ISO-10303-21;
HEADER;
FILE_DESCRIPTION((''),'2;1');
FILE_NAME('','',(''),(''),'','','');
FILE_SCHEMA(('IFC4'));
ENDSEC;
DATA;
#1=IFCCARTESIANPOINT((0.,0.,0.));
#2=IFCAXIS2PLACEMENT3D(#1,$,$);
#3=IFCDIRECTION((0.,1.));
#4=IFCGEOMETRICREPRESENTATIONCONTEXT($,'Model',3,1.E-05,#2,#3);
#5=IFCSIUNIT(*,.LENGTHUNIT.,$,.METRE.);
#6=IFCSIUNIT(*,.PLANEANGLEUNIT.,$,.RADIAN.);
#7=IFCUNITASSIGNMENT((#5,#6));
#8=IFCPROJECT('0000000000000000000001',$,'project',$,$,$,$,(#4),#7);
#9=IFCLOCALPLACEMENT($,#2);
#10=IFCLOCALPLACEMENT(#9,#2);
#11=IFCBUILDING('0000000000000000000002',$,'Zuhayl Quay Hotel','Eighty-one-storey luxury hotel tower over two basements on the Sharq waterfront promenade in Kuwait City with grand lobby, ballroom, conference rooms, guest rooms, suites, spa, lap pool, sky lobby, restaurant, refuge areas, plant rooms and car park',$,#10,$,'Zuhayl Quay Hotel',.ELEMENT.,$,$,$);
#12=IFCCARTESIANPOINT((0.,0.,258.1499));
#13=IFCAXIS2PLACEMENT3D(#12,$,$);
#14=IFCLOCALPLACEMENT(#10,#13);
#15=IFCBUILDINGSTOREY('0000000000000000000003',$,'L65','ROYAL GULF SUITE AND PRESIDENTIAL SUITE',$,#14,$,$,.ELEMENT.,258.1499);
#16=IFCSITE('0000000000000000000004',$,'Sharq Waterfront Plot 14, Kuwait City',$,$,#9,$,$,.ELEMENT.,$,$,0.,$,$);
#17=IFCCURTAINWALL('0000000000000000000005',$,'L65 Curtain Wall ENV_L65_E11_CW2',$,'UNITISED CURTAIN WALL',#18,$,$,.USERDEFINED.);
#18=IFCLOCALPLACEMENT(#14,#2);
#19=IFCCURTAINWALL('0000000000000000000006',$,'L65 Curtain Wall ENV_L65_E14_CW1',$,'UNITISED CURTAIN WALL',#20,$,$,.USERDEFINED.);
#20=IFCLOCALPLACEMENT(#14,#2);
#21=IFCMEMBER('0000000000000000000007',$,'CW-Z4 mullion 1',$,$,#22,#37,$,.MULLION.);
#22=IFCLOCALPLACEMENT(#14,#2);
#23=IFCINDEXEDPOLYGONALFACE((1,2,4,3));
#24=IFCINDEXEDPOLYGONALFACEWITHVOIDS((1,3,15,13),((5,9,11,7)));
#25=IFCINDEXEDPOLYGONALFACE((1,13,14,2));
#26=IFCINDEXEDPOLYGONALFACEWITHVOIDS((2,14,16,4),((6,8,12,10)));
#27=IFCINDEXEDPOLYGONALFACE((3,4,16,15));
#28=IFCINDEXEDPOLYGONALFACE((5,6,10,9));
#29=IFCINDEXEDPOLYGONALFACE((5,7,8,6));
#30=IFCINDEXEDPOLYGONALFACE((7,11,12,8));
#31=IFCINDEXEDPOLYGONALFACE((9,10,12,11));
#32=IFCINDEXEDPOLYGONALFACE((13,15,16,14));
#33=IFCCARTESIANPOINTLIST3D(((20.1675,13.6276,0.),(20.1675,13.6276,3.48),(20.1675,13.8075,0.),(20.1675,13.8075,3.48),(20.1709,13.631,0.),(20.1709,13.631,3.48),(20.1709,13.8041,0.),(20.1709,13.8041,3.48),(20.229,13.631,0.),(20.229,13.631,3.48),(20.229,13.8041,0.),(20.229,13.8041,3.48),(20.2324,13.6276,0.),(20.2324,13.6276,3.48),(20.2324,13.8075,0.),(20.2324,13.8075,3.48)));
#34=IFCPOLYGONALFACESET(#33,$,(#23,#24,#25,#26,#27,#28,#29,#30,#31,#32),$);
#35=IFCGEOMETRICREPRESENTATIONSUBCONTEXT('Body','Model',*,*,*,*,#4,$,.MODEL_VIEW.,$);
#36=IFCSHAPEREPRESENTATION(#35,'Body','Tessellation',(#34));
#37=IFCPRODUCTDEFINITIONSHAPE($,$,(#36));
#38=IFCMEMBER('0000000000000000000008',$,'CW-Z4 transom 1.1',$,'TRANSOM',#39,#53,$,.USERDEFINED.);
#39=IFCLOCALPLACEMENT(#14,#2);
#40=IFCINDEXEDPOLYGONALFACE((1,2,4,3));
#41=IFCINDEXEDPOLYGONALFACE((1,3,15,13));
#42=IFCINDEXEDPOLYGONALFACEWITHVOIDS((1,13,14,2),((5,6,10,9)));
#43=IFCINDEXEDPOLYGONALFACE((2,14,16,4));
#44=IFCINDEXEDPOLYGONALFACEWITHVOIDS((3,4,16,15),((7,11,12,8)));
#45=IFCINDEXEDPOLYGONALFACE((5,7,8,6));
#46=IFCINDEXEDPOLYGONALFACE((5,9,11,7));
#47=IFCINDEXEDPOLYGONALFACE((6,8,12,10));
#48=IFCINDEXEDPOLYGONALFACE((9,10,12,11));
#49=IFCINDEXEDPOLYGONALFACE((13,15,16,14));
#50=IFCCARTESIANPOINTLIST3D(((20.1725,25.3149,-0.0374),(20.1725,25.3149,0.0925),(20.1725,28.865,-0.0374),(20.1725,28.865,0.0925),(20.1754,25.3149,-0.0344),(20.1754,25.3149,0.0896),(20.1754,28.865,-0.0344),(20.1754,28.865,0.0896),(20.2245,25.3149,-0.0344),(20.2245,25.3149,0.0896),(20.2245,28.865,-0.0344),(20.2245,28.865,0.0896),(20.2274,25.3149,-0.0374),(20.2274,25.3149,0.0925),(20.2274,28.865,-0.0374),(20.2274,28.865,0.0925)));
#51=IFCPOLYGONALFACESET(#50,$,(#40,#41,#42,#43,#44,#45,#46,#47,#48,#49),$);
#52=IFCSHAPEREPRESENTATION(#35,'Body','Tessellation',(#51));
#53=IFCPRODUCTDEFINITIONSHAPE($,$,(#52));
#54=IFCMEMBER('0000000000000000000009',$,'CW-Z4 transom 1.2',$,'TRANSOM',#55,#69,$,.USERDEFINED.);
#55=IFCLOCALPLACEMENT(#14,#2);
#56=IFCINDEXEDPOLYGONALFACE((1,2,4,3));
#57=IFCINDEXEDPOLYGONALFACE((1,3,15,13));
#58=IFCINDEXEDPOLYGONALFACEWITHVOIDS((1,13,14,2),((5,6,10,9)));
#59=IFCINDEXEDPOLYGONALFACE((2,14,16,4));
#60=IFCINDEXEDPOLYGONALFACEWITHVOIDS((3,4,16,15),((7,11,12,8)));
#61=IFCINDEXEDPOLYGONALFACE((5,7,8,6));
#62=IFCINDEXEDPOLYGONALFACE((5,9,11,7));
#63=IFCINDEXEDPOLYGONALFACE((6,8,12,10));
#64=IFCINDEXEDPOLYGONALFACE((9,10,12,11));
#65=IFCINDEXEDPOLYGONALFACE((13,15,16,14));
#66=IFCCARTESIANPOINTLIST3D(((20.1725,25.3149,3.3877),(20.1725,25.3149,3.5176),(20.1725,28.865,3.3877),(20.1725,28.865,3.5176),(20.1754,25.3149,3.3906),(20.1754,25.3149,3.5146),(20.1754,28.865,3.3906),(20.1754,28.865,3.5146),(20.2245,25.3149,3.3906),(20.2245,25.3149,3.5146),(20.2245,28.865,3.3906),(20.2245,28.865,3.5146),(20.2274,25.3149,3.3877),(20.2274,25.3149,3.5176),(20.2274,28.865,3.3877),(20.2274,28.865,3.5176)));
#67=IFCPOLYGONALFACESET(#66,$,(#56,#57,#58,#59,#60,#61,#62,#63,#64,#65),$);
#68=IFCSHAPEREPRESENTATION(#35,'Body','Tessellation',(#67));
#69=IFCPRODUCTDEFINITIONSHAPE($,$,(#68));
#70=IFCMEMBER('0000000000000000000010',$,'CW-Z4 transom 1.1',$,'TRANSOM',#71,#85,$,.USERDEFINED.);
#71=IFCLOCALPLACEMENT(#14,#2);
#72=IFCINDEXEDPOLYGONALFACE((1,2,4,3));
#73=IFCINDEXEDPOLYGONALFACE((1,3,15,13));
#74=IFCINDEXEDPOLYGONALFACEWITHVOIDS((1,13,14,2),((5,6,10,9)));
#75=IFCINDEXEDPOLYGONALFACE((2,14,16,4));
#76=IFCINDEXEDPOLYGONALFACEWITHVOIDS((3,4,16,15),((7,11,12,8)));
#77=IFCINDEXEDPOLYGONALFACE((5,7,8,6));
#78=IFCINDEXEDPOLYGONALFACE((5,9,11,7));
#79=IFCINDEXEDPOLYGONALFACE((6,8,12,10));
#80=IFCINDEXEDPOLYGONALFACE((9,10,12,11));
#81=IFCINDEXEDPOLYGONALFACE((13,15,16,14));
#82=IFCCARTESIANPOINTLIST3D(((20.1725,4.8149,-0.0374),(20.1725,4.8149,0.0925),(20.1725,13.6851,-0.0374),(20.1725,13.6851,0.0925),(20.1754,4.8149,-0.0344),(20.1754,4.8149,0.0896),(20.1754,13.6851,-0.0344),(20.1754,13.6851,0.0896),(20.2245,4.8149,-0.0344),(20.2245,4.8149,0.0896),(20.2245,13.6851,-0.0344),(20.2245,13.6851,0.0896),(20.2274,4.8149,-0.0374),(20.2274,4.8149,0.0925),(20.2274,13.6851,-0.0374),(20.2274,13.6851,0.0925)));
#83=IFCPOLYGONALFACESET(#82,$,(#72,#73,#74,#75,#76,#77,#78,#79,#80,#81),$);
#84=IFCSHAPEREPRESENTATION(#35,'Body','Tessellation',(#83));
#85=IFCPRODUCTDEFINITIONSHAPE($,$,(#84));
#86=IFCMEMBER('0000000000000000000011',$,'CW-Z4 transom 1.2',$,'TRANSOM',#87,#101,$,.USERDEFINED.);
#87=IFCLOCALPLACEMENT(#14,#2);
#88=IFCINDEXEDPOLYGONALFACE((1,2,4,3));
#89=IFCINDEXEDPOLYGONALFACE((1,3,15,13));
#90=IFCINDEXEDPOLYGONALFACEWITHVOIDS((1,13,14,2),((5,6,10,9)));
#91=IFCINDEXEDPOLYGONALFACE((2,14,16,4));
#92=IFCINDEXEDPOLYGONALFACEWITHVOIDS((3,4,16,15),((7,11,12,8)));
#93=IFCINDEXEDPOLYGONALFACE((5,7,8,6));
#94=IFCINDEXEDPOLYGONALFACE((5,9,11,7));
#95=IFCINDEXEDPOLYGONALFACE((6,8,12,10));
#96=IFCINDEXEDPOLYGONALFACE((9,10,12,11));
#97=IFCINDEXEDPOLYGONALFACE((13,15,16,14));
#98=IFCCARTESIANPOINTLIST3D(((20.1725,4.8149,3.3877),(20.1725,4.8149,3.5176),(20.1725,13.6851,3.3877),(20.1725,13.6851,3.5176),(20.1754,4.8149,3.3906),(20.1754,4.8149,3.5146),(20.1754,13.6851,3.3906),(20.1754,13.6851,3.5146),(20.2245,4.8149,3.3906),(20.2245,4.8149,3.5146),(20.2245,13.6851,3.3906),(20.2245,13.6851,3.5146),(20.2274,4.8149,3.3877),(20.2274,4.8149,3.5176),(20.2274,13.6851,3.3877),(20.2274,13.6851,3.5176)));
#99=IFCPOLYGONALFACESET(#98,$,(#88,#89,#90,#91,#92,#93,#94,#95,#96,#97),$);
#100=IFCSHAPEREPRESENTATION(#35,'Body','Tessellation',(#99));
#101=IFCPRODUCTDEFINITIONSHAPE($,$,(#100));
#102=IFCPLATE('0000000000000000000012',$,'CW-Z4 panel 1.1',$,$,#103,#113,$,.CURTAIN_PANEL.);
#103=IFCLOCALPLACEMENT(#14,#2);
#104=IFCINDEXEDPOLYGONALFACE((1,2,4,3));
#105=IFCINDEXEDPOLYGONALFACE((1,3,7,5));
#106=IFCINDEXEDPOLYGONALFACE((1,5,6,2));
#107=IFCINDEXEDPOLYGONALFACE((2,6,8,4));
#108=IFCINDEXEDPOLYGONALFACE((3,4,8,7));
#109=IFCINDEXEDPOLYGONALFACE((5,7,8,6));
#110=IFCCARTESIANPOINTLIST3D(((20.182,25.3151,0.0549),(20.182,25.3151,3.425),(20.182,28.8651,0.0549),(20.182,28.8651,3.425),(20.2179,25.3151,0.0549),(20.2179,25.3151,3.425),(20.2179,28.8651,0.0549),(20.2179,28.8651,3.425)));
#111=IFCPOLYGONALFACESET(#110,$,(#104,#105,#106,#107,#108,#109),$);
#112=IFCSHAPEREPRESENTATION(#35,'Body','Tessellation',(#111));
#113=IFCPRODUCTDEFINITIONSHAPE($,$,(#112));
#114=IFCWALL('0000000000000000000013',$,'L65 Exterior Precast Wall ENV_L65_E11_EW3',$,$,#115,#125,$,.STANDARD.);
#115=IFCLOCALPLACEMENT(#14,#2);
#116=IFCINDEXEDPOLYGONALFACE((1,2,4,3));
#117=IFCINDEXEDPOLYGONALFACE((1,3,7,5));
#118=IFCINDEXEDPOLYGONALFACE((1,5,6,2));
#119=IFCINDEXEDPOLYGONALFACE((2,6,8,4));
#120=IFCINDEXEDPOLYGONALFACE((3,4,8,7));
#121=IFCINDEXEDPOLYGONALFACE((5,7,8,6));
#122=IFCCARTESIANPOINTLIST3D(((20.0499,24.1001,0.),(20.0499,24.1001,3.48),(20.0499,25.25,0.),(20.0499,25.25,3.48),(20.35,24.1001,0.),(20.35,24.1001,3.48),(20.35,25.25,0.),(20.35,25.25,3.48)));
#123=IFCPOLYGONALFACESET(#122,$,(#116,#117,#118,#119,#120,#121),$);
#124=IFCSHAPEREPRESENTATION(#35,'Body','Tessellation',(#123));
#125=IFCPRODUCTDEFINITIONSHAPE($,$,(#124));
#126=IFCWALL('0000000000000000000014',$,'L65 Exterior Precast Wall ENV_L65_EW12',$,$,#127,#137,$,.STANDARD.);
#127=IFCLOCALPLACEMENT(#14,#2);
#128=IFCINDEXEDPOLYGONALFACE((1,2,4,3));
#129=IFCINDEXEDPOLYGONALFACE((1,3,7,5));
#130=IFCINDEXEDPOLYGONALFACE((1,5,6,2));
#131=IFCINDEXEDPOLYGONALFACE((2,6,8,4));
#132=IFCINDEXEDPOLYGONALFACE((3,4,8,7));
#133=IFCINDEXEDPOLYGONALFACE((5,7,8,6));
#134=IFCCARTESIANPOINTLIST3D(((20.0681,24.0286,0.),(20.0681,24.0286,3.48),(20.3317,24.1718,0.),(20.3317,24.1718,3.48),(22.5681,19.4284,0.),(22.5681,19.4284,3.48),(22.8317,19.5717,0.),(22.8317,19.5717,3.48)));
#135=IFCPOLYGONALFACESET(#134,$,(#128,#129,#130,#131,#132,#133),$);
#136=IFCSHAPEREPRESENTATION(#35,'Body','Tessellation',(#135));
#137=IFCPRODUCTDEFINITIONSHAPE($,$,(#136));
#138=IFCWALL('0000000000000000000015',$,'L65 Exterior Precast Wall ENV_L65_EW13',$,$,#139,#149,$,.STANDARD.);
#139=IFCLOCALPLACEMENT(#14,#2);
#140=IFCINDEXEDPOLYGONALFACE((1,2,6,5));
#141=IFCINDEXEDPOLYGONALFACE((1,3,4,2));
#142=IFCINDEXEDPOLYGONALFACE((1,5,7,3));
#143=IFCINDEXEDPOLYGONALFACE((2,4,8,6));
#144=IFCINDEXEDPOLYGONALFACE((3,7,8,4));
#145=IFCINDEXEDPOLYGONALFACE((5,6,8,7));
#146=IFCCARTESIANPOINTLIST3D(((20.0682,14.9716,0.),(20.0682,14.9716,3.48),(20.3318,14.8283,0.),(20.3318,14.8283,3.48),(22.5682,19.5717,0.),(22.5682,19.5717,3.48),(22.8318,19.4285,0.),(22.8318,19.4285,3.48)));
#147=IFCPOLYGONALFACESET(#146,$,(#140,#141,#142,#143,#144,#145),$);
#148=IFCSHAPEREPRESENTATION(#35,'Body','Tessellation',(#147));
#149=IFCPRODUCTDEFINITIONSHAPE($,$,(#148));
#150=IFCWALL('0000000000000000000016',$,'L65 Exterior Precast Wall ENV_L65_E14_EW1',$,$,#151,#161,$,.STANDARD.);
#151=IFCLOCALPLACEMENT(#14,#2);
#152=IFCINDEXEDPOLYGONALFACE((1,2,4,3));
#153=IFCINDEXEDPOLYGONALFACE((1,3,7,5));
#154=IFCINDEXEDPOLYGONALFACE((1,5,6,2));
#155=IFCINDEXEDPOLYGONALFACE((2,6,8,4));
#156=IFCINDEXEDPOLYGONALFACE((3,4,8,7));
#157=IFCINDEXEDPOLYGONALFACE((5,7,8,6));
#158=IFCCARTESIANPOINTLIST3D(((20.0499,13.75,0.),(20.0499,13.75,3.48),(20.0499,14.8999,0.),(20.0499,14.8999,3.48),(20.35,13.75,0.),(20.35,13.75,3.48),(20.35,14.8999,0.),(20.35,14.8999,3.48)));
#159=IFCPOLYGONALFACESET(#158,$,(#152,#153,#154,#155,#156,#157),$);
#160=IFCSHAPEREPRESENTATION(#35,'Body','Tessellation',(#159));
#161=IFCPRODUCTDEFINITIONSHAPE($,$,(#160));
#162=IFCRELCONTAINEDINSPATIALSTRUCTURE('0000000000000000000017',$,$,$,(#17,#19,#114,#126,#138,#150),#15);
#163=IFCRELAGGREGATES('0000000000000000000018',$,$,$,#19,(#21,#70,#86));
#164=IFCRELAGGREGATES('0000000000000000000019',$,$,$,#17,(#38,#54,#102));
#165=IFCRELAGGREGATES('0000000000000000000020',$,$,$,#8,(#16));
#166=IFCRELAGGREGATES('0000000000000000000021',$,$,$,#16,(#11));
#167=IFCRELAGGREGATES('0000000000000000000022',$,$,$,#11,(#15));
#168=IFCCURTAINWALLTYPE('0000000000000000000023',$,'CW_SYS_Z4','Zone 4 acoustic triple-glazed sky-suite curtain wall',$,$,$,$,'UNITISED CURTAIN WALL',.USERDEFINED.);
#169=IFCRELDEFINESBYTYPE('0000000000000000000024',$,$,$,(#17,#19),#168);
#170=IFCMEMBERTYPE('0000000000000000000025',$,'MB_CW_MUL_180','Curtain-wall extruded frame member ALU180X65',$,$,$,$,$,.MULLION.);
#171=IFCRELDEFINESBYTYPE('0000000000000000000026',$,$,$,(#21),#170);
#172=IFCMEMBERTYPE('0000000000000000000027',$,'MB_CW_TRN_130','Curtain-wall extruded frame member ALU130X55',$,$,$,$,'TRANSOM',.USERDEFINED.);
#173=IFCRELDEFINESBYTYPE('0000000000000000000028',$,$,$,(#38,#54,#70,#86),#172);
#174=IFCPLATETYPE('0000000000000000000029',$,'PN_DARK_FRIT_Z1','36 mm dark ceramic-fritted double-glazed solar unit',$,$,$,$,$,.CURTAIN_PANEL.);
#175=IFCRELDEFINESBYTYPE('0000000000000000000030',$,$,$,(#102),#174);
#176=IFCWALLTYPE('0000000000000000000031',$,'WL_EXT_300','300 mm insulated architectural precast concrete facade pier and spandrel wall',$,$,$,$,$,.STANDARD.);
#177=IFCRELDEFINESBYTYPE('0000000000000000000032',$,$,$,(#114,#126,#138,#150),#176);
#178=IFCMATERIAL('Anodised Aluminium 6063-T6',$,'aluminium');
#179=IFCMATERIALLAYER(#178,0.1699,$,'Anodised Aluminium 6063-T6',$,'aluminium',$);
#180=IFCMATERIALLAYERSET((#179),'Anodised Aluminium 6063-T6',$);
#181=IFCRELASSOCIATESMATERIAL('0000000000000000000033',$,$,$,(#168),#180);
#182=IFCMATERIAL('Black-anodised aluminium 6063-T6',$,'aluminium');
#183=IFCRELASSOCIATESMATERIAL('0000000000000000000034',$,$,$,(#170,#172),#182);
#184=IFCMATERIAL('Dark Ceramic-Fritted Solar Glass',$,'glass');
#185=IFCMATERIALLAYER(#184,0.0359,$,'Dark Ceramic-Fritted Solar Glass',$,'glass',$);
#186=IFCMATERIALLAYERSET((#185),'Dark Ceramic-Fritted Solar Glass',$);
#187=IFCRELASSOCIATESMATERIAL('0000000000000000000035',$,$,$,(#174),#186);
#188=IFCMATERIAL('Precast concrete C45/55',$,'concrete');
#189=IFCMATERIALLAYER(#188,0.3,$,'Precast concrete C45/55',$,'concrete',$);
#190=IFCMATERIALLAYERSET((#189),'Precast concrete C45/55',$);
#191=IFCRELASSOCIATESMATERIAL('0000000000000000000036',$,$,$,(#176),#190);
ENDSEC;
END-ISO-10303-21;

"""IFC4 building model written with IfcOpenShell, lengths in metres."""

from ifc_helpers import new_model, si_unit, direction, frame, frame_2d, origin, origin_2d, place, context, subcontext, project, spatial, rectangle, hollow_rectangle, extrude, material, layer, layer_set, material_profile, profile_set, type_object, element, aggregate, save


model = new_model("IFC4")

# Units and contexts
model_context = context("Model", 3, precision=1e-05, world=origin(), true_north=direction((0.0, 1.0)))
body_context = subcontext(model_context, "Body", "Model", "MODEL_VIEW")
ifc_project = project(units=[si_unit("LENGTHUNIT", "METRE"), si_unit("PLANEANGLEUNIT", "RADIAN")], contexts=[model_context])

# Site, building, storey
site_placement = place(None, origin())
site = spatial("IfcSite", under=ifc_project, at=site_placement, Name="Sharq Waterfront Plot 14, Kuwait City", CompositionType="ELEMENT", RefElevation=0.0)
building_placement = place(site_placement, origin())
building = spatial("IfcBuilding", under=site, at=building_placement, Name="Zuhayl Quay Hotel", Description="Eighty-one-storey luxury hotel tower over two basements on the Sharq waterfront promenade in Kuwait City with grand lobby, ballroom, conference rooms, guest rooms, suites, spa, lap pool, sky lobby, restaurant, refuge areas, plant rooms and car park", LongName="Zuhayl Quay Hotel", CompositionType="ELEMENT")
storey_placement = place(building_placement, frame((0.0, 0.0, 258.1499)))
storey = spatial("IfcBuildingStorey", under=building, at=storey_placement, Name="L65", Description="ROYAL GULF SUITE AND PRESIDENTIAL SUITE", CompositionType="ELEMENT", Elevation=258.1499)

# Curtain wall
ifc_material_1 = material(Name="Anodised Aluminium 6063-T6", Category="aluminium")
ifc_layer_1 = layer(ifc_material_1, 0.1699, Name="Anodised Aluminium 6063-T6", Category="aluminium")
ifc_layer_set_1 = layer_set([ifc_layer_1], Name="Anodised Aluminium 6063-T6")
curtain_wall_type = type_object("IfcCurtainWallType", Name="CW_SYS_Z4", Description="Zone 4 acoustic triple-glazed sky-suite curtain wall", ElementType="UNITISED CURTAIN WALL", PredefinedType="USERDEFINED", material=ifc_layer_set_1)
curtain_wall_1_placement = place(storey_placement, origin())
curtain_wall_1 = element("IfcCurtainWall", 1, at=curtain_wall_1_placement, inside=storey, type_object=curtain_wall_type, Name="L65 Curtain Wall ENV_L65_E11_CW2", ObjectType="UNITISED CURTAIN WALL", PredefinedType="USERDEFINED")
ifc_material_2 = material(Name="Black-anodised aluminium 6063-T6", Category="aluminium")
ifc_material_profile_1 = material_profile(ifc_material_2, hollow_rectangle(XDim=0.0649, YDim=0.1799, WallThickness=0.0034, at=origin_2d()), Name="ALU180X65")
ifc_profile_set_1 = profile_set([ifc_material_profile_1], Name="Black-anodised aluminium 6063-T6")
member_type_1 = type_object("IfcMemberType", Name="MB_CW_MUL_180", Description="Curtain-wall extruded frame member ALU180X65", PredefinedType="MULLION", material=ifc_profile_set_1)

# Curtain wall, member
curtain_wall_2_placement = place(storey_placement, origin())
curtain_wall_2 = element("IfcCurtainWall", 2, at=curtain_wall_2_placement, inside=storey, type_object=curtain_wall_type, Name="L65 Curtain Wall ENV_L65_E14_CW1", ObjectType="UNITISED CURTAIN WALL", PredefinedType="USERDEFINED")
member_1_placement = place(storey_placement, frame((20.2, 13.7175, 0.0), z_axis=(0.0, 0.0, 1.0), x_axis=(1.0, 0.0, 0.0)))
member_1 = element("IfcMember", 3, at=member_1_placement, type_object=member_type_1, Name="CW-Z4 mullion 1", PredefinedType="MULLION", context=body_context, shape_type="SweptSolid", body=[
    extrude(hollow_rectangle(XDim=0.0649, YDim=0.1799, WallThickness=0.0034, at=origin_2d()), origin(), (0.0, 0.0, 1.0), 3.48),
])

# Members
ifc_material_profile_2 = material_profile(ifc_material_2, hollow_rectangle(XDim=0.0549, YDim=0.1299, WallThickness=0.0029, at=origin_2d()), Name="ALU130X55")
ifc_profile_set_2 = profile_set([ifc_material_profile_2], Name="Black-anodised aluminium 6063-T6")
member_type_2 = type_object("IfcMemberType", Name="MB_CW_TRN_130", Description="Curtain-wall extruded frame member ALU130X55", ElementType="TRANSOM", PredefinedType="USERDEFINED", material=ifc_profile_set_2)
member_2_placement = place(storey_placement, frame((20.2, 28.865, 0.0276), z_axis=(0.0, -1.0, 0.0), x_axis=(1.0, 0.0, 0.0)))
member_2 = element("IfcMember", 4, at=member_2_placement, type_object=member_type_2, Name="CW-Z4 transom 1.1", ObjectType="TRANSOM", PredefinedType="USERDEFINED", context=body_context, shape_type="SweptSolid", body=[
    extrude(hollow_rectangle(XDim=0.0549, YDim=0.1299, WallThickness=0.0029, at=origin_2d()), origin(), (0.0, 0.0, 1.0), 3.55),
])
member_3_placement = place(storey_placement, frame((20.2, 28.865, 3.4526), z_axis=(0.0, -1.0, 0.0), x_axis=(1.0, 0.0, 0.0)))
member_3 = element("IfcMember", 5, at=member_3_placement, type_object=member_type_2, Name="CW-Z4 transom 1.2", ObjectType="TRANSOM", PredefinedType="USERDEFINED", context=body_context, shape_type="SweptSolid", body=[
    extrude(hollow_rectangle(XDim=0.0549, YDim=0.1299, WallThickness=0.0029, at=origin_2d()), origin(), (0.0, 0.0, 1.0), 3.55),
])
member_4_placement = place(storey_placement, frame((20.2, 13.6851, 0.0276), z_axis=(0.0, -1.0, 0.0), x_axis=(1.0, 0.0, 0.0)))
member_4 = element("IfcMember", 6, at=member_4_placement, type_object=member_type_2, Name="CW-Z4 transom 1.1", ObjectType="TRANSOM", PredefinedType="USERDEFINED", context=body_context, shape_type="SweptSolid", body=[
    extrude(hollow_rectangle(XDim=0.0549, YDim=0.1299, WallThickness=0.0029, at=origin_2d()), origin(), (0.0, 0.0, 1.0), 8.8701),
])
member_5_placement = place(storey_placement, frame((20.2, 13.6851, 3.4526), z_axis=(0.0, -1.0, 0.0), x_axis=(1.0, 0.0, 0.0)))
member_5 = element("IfcMember", 7, at=member_5_placement, type_object=member_type_2, Name="CW-Z4 transom 1.2", ObjectType="TRANSOM", PredefinedType="USERDEFINED", context=body_context, shape_type="SweptSolid", body=[
    extrude(hollow_rectangle(XDim=0.0549, YDim=0.1299, WallThickness=0.0029, at=origin_2d()), origin(), (0.0, 0.0, 1.0), 8.8701),
])
aggregate(curtain_wall_2, [member_1, member_4, member_5])

# Plate
ifc_material_3 = material(Name="Dark Ceramic-Fritted Solar Glass", Category="glass")
ifc_layer_2 = layer(ifc_material_3, 0.0359, Name="Dark Ceramic-Fritted Solar Glass", Category="glass")
ifc_layer_set_2 = layer_set([ifc_layer_2], Name="Dark Ceramic-Fritted Solar Glass")
plate_type = type_object("IfcPlateType", Name="PN_DARK_FRIT_Z1", Description="36 mm dark ceramic-fritted double-glazed solar unit", PredefinedType="CURTAIN_PANEL", material=ifc_layer_set_2)
plate_placement = place(storey_placement, frame((20.2, 27.0901, 0.0549), z_axis=(0.0, 0.0, 1.0), x_axis=(0.0, -1.0, 0.0)))
plate = element("IfcPlate", 8, at=plate_placement, type_object=plate_type, Name="CW-Z4 panel 1.1", PredefinedType="CURTAIN_PANEL", context=body_context, shape_type="SweptSolid", body=[
    extrude(rectangle(XDim=3.55, YDim=0.0359, at=origin_2d()), origin(), (0.0, 0.0, 1.0), 3.3701),
])
aggregate(curtain_wall_1, [member_2, member_3, plate])

# Walls
ifc_material_4 = material(Name="Precast concrete C45/55", Category="concrete")
ifc_layer_3 = layer(ifc_material_4, 0.3, Name="Precast concrete C45/55", Category="concrete")
ifc_layer_set_3 = layer_set([ifc_layer_3], Name="Precast concrete C45/55")
wall_type = type_object("IfcWallType", Name="WL_EXT_300", Description="300 mm insulated architectural precast concrete facade pier and spandrel wall", PredefinedType="STANDARD", material=ifc_layer_set_3)
wall_1_placement = place(storey_placement, frame((20.2, 25.25, 0.0), z_axis=(0.0, 0.0, 1.0), x_axis=(0.0, -1.0, 0.0)))
element("IfcWall", 9, at=wall_1_placement, inside=storey, type_object=wall_type, Name="L65 Exterior Precast Wall ENV_L65_E11_EW3", PredefinedType="STANDARD", context=body_context, shape_type="SweptSolid", body=[
    extrude(rectangle(XDim=1.1499, YDim=0.3, at=frame_2d((0.575, 0.0))), origin(), (0.0, 0.0, 1.0), 3.48),
])
for number, where, z_axis, x_axis, name in (
    (10, (20.2, 24.1001, 0.0), (0.0, 0.0, 1.0), (0.477505, -0.878629, 0.0), "L65 Exterior Precast Wall ENV_L65_EW12"),
    (11, (22.7, 19.5, 0.0), (0.0, 0.0, 1.0), (-0.477505, -0.878629, 0.0), "L65 Exterior Precast Wall ENV_L65_EW13"),
):
    element("IfcWall", number, at=place(storey_placement, frame(where, z_axis=z_axis, x_axis=x_axis)), inside=storey, type_object=wall_type, Name=name, PredefinedType="STANDARD", context=body_context, shape_type="SweptSolid", body=[
        extrude(rectangle(XDim=5.2356, YDim=0.3, at=frame_2d((2.6177, 0.0))), origin(), (0.0, 0.0, 1.0), 3.48),
    ])
wall_2_placement = place(storey_placement, frame((20.2, 14.8999, 0.0), z_axis=(0.0, 0.0, 1.0), x_axis=(0.0, -1.0, 0.0)))
element("IfcWall", 12, at=wall_2_placement, inside=storey, type_object=wall_type, Name="L65 Exterior Precast Wall ENV_L65_E14_EW1", PredefinedType="STANDARD", context=body_context, shape_type="SweptSolid", body=[
    extrude(rectangle(XDim=1.1499, YDim=0.3, at=frame_2d((0.575, 0.0))), origin(), (0.0, 0.0, 1.0), 3.48),
])

save(model, "model.ifc")
